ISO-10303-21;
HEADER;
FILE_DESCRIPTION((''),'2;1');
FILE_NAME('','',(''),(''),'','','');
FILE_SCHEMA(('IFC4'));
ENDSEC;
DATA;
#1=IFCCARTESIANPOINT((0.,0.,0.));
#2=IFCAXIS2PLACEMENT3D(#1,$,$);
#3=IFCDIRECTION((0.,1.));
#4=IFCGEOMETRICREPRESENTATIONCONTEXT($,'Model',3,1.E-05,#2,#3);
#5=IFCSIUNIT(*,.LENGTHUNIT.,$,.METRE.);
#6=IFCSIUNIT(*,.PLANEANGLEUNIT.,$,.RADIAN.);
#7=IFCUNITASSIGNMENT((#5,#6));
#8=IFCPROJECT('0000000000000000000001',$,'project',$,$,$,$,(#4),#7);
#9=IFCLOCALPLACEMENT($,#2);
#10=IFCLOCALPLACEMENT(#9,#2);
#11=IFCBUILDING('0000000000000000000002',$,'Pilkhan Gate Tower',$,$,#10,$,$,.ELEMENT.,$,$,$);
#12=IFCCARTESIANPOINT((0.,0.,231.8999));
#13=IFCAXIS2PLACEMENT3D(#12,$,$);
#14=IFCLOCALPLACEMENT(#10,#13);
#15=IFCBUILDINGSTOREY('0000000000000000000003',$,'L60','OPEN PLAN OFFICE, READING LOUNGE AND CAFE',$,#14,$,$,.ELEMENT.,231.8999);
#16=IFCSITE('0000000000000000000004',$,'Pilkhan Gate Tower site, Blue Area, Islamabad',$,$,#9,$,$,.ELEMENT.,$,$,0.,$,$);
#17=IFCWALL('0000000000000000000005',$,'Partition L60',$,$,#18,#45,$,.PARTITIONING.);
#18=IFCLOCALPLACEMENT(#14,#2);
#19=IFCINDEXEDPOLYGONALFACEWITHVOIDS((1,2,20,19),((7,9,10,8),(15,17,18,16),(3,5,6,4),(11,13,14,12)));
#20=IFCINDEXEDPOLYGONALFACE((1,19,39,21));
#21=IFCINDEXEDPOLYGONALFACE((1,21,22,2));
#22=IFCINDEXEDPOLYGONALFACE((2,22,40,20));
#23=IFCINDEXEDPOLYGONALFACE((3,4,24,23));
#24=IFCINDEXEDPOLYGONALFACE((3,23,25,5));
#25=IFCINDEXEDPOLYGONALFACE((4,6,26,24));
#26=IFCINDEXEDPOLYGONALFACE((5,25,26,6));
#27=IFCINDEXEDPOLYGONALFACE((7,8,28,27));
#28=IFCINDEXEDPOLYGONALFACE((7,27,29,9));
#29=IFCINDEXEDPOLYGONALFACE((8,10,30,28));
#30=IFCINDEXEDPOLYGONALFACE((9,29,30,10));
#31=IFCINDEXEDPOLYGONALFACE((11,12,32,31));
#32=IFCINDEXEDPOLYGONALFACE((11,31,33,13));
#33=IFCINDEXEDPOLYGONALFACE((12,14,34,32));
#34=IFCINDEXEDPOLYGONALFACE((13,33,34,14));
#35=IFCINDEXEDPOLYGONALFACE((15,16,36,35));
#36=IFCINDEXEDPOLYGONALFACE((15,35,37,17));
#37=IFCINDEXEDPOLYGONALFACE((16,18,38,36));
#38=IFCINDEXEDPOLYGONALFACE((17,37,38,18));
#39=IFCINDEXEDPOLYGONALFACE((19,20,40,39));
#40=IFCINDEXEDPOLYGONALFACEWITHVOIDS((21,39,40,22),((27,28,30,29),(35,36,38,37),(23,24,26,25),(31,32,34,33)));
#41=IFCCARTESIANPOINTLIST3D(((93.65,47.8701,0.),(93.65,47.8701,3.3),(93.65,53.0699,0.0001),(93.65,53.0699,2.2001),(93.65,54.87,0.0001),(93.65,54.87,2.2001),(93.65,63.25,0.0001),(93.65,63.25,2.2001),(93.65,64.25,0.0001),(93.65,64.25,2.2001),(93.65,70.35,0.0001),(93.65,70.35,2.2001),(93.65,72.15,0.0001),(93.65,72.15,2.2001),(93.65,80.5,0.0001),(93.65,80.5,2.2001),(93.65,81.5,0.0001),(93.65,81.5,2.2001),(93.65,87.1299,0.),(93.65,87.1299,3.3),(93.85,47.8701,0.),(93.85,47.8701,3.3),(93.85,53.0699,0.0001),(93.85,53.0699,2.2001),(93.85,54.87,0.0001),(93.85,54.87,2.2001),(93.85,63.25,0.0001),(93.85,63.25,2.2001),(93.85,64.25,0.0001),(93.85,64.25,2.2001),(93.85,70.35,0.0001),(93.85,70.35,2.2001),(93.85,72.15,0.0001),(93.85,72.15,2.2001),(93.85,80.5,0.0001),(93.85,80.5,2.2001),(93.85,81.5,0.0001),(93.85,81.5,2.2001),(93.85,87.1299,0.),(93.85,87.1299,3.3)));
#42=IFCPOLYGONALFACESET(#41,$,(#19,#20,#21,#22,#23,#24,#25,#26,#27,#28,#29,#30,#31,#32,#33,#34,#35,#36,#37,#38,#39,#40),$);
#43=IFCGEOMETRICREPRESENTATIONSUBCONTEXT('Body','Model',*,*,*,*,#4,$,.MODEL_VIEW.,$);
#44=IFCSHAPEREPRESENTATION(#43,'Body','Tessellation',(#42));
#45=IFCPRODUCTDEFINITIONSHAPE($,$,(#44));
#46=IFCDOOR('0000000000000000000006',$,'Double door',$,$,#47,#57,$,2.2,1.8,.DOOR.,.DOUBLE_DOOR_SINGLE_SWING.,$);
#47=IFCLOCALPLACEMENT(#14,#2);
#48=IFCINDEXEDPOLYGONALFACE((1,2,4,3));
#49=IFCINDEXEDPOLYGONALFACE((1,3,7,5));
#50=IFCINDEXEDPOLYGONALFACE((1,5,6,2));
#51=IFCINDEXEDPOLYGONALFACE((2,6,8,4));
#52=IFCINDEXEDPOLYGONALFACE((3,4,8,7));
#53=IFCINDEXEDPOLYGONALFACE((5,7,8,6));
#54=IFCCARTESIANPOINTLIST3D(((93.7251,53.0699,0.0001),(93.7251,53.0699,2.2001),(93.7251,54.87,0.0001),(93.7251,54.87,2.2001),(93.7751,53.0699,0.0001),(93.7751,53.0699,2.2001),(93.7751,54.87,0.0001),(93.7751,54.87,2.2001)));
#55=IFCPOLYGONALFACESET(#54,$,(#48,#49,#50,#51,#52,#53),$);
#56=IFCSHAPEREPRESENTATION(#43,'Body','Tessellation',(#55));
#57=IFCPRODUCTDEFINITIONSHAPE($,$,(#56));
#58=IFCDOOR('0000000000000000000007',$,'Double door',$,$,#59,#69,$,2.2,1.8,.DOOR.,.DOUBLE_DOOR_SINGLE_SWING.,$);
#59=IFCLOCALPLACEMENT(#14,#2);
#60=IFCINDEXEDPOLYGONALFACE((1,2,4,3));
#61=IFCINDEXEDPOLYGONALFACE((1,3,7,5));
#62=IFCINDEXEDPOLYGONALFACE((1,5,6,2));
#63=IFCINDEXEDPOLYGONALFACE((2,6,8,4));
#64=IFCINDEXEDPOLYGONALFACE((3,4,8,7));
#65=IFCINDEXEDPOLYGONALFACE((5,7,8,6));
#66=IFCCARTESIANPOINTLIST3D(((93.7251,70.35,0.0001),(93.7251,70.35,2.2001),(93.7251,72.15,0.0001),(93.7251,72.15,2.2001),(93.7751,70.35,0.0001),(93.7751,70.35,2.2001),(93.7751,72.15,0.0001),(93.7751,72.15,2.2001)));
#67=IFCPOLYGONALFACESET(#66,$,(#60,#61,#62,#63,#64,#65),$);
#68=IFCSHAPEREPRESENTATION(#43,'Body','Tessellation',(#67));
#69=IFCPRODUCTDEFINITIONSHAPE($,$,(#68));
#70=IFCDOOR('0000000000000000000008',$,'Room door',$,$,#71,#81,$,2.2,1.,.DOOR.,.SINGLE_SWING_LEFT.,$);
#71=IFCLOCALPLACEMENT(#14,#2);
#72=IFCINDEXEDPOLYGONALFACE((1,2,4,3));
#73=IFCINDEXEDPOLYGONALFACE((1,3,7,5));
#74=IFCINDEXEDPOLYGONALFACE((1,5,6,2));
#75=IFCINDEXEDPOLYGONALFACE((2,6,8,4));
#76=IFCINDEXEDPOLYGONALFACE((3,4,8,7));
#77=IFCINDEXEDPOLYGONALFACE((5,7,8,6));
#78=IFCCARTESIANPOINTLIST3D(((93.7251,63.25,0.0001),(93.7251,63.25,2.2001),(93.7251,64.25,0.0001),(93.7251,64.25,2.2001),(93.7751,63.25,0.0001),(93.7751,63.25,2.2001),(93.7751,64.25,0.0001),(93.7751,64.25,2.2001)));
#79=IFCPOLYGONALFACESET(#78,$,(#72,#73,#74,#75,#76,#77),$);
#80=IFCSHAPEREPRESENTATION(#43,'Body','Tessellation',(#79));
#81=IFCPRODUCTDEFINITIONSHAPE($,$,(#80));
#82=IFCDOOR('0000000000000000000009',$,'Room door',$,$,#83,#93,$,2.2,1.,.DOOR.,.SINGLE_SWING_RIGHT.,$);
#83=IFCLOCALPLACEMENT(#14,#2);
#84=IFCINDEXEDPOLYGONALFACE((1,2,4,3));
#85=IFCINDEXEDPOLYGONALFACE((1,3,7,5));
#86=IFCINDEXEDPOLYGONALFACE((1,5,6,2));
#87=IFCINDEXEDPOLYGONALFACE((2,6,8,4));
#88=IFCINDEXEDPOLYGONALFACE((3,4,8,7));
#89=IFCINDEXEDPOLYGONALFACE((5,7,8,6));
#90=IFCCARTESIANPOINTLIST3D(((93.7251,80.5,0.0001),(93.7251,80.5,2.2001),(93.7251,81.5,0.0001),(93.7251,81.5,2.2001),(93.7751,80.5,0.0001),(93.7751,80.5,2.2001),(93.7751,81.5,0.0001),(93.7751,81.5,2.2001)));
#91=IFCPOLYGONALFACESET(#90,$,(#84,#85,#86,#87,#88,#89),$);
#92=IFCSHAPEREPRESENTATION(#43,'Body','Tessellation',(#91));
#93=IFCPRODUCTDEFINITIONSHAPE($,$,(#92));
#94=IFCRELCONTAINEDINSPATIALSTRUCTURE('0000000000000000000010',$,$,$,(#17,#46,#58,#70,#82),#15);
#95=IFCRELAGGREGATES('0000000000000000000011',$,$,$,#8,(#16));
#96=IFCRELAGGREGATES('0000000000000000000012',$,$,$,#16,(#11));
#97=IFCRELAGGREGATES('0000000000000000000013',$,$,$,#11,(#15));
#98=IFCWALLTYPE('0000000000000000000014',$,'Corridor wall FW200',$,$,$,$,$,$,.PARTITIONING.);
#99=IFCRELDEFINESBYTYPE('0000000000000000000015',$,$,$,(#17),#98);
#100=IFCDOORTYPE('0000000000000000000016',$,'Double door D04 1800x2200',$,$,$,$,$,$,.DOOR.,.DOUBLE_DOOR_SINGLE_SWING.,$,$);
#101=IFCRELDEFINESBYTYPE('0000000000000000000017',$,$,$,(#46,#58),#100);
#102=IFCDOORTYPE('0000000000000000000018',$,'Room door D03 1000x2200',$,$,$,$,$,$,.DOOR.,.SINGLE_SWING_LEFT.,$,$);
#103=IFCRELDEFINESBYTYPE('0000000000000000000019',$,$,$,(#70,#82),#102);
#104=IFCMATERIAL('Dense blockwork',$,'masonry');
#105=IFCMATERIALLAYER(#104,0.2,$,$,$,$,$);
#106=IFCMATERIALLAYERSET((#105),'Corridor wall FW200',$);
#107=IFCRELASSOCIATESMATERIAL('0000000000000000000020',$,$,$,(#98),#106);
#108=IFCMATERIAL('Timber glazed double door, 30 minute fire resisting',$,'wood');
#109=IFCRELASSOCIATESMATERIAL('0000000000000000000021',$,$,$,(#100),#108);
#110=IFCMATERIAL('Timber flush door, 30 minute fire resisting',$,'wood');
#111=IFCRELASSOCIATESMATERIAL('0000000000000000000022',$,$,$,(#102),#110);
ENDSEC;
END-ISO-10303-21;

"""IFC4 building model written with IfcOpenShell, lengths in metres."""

from ifc_helpers import new_model, si_unit, direction, frame, frame_2d, origin, place, context, subcontext, project, spatial, rectangle, extrude, material, layer, layer_set, type_object, element, fill, save


model = new_model("IFC4")

# Units and contexts
model_context = context("Model", 3, precision=1e-05, world=origin(), true_north=direction((0.0, 1.0)))
body_context = subcontext(model_context, "Body", "Model", "MODEL_VIEW")
ifc_project = project(units=[si_unit("LENGTHUNIT", "METRE"), si_unit("PLANEANGLEUNIT", "RADIAN")], contexts=[model_context])

# Site, building, storey
site_placement = place(None, origin())
site = spatial("IfcSite", under=ifc_project, at=site_placement, Name="Pilkhan Gate Tower site, Blue Area, Islamabad", CompositionType="ELEMENT", RefElevation=0.0)
building_placement = place(site_placement, origin())
building = spatial("IfcBuilding", under=site, at=building_placement, Name="Pilkhan Gate Tower", CompositionType="ELEMENT")
storey_placement = place(building_placement, frame((0.0, 0.0, 231.8999)))
storey = spatial("IfcBuildingStorey", under=building, at=storey_placement, Name="L60", Description="OPEN PLAN OFFICE, READING LOUNGE AND CAFE", CompositionType="ELEMENT", Elevation=231.8999)

# Shared definitions
ifc_material_1 = material(Name="Dense blockwork", Category="masonry")
ifc_layer_1 = layer(ifc_material_1, 0.2)
ifc_layer_set_1 = layer_set([ifc_layer_1], Name="Corridor wall FW200")
wall_type = type_object("IfcWallType", Name="Corridor wall FW200", PredefinedType="PARTITIONING", material=ifc_layer_set_1)

# Wall, openings, doors
wall_1_placement = place(storey_placement, frame((93.75, 47.8701, 0.0), z_axis=(0.0, 0.0, 1.0), x_axis=(0.0, 1.0, 0.0)))
wall_1 = element("IfcWall", 1, at=wall_1_placement, inside=storey, type_object=wall_type, Name="Partition L60", PredefinedType="PARTITIONING", context=body_context, shape_type="SweptSolid", body=[
    extrude(rectangle(XDim=39.2598, YDim=0.2, at=frame_2d((19.6299, 0.0))), origin(), (0.0, 0.0, 1.0), 3.3),
])
opening_1_placement = place(wall_1_placement, frame((5.2, 0.0, 0.0)))
opening_1 = element("IfcOpeningElement", 2, at=opening_1_placement, cuts=wall_1, PredefinedType="OPENING", context=body_context, shape_type="SweptSolid", body=[
    extrude(rectangle(XDim=1.8, YDim=2.2, at=frame_2d((0.8999, 1.1001))), frame((0.0, 0.1099, 0.0), z_axis=(0.0, -1.0, 0.0), x_axis=(1.0, 0.0, 0.0)), (0.0, 0.0, 1.0), 0.22),
])
opening_2_placement = place(wall_1_placement, frame((15.3799, 0.0, 0.0)))
opening_2 = element("IfcOpeningElement", 3, at=opening_2_placement, cuts=wall_1, PredefinedType="OPENING", context=body_context, shape_type="SweptSolid", body=[
    extrude(rectangle(XDim=1.0, YDim=2.2, at=frame_2d((0.5, 1.1001))), frame((0.0, 0.1099, 0.0), z_axis=(0.0, -1.0, 0.0), x_axis=(1.0, 0.0, 0.0)), (0.0, 0.0, 1.0), 0.22),
])
opening_3_placement = place(wall_1_placement, frame((22.48, 0.0, 0.0)))
opening_3 = element("IfcOpeningElement", 4, at=opening_3_placement, cuts=wall_1, PredefinedType="OPENING", context=body_context, shape_type="SweptSolid", body=[
    extrude(rectangle(XDim=1.8, YDim=2.2, at=frame_2d((0.8999, 1.1001))), frame((0.0, 0.1099, 0.0), z_axis=(0.0, -1.0, 0.0), x_axis=(1.0, 0.0, 0.0)), (0.0, 0.0, 1.0), 0.22),
])
opening_4_placement = place(wall_1_placement, frame((32.6299, 0.0, 0.0)))
opening_4 = element("IfcOpeningElement", 5, at=opening_4_placement, cuts=wall_1, PredefinedType="OPENING", context=body_context, shape_type="SweptSolid", body=[
    extrude(rectangle(XDim=1.0, YDim=2.2, at=frame_2d((0.5, 1.1001))), frame((0.0, 0.1099, 0.0), z_axis=(0.0, -1.0, 0.0), x_axis=(1.0, 0.0, 0.0)), (0.0, 0.0, 1.0), 0.22),
])
ifc_material_2 = material(Name="Timber glazed double door, 30 minute fire resisting", Category="wood")
door_type_1 = type_object("IfcDoorType", Name="Double door D04 1800x2200", OperationType="DOUBLE_DOOR_SINGLE_SWING", PredefinedType="DOOR", material=ifc_material_2)
door_1_placement = place(opening_1_placement, origin())
door_1 = element("IfcDoor", 6, at=door_1_placement, inside=storey, type_object=door_type_1, Name="Double door", OperationType="DOUBLE_DOOR_SINGLE_SWING", OverallHeight=2.2, OverallWidth=1.8, PredefinedType="DOOR", context=body_context, shape_type="SweptSolid", body=[
    extrude(rectangle(XDim=1.8, YDim=2.2, at=frame_2d((0.8999, 1.1001))), frame((0.0, 0.0249, 0.0), z_axis=(0.0, -1.0, 0.0), x_axis=(1.0, 0.0, 0.0)), (0.0, 0.0, 1.0), 0.05),
])
fill(opening_1, door_1)
door_2_placement = place(opening_3_placement, origin())
door_2 = element("IfcDoor", 7, at=door_2_placement, inside=storey, type_object=door_type_1, Name="Double door", OperationType="DOUBLE_DOOR_SINGLE_SWING", OverallHeight=2.2, OverallWidth=1.8, PredefinedType="DOOR", context=body_context, shape_type="SweptSolid", body=[
    extrude(rectangle(XDim=1.8, YDim=2.2, at=frame_2d((0.8999, 1.1001))), frame((0.0, 0.0249, 0.0), z_axis=(0.0, -1.0, 0.0), x_axis=(1.0, 0.0, 0.0)), (0.0, 0.0, 1.0), 0.05),
])
fill(opening_3, door_2)
ifc_material_3 = material(Name="Timber flush door, 30 minute fire resisting", Category="wood")
door_type_2 = type_object("IfcDoorType", Name="Room door D03 1000x2200", OperationType="SINGLE_SWING_LEFT", PredefinedType="DOOR", material=ifc_material_3)
door_3_placement = place(opening_2_placement, origin())
door_3 = element("IfcDoor", 8, at=door_3_placement, inside=storey, type_object=door_type_2, Name="Room door", OperationType="SINGLE_SWING_LEFT", OverallHeight=2.2, OverallWidth=1.0, PredefinedType="DOOR", context=body_context, shape_type="SweptSolid", body=[
    extrude(rectangle(XDim=1.0, YDim=2.2, at=frame_2d((0.5, 1.1001))), frame((0.0, 0.0249, 0.0), z_axis=(0.0, -1.0, 0.0), x_axis=(1.0, 0.0, 0.0)), (0.0, 0.0, 1.0), 0.05),
])
fill(opening_2, door_3)
door_4_placement = place(opening_4_placement, origin())
door_4 = element("IfcDoor", 9, at=door_4_placement, inside=storey, type_object=door_type_2, Name="Room door", OperationType="SINGLE_SWING_RIGHT", OverallHeight=2.2, OverallWidth=1.0, PredefinedType="DOOR", context=body_context, shape_type="SweptSolid", body=[
    extrude(rectangle(XDim=1.0, YDim=2.2, at=frame_2d((0.5, 1.1001))), frame((0.0, 0.0249, 0.0), z_axis=(0.0, -1.0, 0.0), x_axis=(1.0, 0.0, 0.0)), (0.0, 0.0, 1.0), 0.05),
])
fill(opening_4, door_4)

save(model, "model.ifc")
